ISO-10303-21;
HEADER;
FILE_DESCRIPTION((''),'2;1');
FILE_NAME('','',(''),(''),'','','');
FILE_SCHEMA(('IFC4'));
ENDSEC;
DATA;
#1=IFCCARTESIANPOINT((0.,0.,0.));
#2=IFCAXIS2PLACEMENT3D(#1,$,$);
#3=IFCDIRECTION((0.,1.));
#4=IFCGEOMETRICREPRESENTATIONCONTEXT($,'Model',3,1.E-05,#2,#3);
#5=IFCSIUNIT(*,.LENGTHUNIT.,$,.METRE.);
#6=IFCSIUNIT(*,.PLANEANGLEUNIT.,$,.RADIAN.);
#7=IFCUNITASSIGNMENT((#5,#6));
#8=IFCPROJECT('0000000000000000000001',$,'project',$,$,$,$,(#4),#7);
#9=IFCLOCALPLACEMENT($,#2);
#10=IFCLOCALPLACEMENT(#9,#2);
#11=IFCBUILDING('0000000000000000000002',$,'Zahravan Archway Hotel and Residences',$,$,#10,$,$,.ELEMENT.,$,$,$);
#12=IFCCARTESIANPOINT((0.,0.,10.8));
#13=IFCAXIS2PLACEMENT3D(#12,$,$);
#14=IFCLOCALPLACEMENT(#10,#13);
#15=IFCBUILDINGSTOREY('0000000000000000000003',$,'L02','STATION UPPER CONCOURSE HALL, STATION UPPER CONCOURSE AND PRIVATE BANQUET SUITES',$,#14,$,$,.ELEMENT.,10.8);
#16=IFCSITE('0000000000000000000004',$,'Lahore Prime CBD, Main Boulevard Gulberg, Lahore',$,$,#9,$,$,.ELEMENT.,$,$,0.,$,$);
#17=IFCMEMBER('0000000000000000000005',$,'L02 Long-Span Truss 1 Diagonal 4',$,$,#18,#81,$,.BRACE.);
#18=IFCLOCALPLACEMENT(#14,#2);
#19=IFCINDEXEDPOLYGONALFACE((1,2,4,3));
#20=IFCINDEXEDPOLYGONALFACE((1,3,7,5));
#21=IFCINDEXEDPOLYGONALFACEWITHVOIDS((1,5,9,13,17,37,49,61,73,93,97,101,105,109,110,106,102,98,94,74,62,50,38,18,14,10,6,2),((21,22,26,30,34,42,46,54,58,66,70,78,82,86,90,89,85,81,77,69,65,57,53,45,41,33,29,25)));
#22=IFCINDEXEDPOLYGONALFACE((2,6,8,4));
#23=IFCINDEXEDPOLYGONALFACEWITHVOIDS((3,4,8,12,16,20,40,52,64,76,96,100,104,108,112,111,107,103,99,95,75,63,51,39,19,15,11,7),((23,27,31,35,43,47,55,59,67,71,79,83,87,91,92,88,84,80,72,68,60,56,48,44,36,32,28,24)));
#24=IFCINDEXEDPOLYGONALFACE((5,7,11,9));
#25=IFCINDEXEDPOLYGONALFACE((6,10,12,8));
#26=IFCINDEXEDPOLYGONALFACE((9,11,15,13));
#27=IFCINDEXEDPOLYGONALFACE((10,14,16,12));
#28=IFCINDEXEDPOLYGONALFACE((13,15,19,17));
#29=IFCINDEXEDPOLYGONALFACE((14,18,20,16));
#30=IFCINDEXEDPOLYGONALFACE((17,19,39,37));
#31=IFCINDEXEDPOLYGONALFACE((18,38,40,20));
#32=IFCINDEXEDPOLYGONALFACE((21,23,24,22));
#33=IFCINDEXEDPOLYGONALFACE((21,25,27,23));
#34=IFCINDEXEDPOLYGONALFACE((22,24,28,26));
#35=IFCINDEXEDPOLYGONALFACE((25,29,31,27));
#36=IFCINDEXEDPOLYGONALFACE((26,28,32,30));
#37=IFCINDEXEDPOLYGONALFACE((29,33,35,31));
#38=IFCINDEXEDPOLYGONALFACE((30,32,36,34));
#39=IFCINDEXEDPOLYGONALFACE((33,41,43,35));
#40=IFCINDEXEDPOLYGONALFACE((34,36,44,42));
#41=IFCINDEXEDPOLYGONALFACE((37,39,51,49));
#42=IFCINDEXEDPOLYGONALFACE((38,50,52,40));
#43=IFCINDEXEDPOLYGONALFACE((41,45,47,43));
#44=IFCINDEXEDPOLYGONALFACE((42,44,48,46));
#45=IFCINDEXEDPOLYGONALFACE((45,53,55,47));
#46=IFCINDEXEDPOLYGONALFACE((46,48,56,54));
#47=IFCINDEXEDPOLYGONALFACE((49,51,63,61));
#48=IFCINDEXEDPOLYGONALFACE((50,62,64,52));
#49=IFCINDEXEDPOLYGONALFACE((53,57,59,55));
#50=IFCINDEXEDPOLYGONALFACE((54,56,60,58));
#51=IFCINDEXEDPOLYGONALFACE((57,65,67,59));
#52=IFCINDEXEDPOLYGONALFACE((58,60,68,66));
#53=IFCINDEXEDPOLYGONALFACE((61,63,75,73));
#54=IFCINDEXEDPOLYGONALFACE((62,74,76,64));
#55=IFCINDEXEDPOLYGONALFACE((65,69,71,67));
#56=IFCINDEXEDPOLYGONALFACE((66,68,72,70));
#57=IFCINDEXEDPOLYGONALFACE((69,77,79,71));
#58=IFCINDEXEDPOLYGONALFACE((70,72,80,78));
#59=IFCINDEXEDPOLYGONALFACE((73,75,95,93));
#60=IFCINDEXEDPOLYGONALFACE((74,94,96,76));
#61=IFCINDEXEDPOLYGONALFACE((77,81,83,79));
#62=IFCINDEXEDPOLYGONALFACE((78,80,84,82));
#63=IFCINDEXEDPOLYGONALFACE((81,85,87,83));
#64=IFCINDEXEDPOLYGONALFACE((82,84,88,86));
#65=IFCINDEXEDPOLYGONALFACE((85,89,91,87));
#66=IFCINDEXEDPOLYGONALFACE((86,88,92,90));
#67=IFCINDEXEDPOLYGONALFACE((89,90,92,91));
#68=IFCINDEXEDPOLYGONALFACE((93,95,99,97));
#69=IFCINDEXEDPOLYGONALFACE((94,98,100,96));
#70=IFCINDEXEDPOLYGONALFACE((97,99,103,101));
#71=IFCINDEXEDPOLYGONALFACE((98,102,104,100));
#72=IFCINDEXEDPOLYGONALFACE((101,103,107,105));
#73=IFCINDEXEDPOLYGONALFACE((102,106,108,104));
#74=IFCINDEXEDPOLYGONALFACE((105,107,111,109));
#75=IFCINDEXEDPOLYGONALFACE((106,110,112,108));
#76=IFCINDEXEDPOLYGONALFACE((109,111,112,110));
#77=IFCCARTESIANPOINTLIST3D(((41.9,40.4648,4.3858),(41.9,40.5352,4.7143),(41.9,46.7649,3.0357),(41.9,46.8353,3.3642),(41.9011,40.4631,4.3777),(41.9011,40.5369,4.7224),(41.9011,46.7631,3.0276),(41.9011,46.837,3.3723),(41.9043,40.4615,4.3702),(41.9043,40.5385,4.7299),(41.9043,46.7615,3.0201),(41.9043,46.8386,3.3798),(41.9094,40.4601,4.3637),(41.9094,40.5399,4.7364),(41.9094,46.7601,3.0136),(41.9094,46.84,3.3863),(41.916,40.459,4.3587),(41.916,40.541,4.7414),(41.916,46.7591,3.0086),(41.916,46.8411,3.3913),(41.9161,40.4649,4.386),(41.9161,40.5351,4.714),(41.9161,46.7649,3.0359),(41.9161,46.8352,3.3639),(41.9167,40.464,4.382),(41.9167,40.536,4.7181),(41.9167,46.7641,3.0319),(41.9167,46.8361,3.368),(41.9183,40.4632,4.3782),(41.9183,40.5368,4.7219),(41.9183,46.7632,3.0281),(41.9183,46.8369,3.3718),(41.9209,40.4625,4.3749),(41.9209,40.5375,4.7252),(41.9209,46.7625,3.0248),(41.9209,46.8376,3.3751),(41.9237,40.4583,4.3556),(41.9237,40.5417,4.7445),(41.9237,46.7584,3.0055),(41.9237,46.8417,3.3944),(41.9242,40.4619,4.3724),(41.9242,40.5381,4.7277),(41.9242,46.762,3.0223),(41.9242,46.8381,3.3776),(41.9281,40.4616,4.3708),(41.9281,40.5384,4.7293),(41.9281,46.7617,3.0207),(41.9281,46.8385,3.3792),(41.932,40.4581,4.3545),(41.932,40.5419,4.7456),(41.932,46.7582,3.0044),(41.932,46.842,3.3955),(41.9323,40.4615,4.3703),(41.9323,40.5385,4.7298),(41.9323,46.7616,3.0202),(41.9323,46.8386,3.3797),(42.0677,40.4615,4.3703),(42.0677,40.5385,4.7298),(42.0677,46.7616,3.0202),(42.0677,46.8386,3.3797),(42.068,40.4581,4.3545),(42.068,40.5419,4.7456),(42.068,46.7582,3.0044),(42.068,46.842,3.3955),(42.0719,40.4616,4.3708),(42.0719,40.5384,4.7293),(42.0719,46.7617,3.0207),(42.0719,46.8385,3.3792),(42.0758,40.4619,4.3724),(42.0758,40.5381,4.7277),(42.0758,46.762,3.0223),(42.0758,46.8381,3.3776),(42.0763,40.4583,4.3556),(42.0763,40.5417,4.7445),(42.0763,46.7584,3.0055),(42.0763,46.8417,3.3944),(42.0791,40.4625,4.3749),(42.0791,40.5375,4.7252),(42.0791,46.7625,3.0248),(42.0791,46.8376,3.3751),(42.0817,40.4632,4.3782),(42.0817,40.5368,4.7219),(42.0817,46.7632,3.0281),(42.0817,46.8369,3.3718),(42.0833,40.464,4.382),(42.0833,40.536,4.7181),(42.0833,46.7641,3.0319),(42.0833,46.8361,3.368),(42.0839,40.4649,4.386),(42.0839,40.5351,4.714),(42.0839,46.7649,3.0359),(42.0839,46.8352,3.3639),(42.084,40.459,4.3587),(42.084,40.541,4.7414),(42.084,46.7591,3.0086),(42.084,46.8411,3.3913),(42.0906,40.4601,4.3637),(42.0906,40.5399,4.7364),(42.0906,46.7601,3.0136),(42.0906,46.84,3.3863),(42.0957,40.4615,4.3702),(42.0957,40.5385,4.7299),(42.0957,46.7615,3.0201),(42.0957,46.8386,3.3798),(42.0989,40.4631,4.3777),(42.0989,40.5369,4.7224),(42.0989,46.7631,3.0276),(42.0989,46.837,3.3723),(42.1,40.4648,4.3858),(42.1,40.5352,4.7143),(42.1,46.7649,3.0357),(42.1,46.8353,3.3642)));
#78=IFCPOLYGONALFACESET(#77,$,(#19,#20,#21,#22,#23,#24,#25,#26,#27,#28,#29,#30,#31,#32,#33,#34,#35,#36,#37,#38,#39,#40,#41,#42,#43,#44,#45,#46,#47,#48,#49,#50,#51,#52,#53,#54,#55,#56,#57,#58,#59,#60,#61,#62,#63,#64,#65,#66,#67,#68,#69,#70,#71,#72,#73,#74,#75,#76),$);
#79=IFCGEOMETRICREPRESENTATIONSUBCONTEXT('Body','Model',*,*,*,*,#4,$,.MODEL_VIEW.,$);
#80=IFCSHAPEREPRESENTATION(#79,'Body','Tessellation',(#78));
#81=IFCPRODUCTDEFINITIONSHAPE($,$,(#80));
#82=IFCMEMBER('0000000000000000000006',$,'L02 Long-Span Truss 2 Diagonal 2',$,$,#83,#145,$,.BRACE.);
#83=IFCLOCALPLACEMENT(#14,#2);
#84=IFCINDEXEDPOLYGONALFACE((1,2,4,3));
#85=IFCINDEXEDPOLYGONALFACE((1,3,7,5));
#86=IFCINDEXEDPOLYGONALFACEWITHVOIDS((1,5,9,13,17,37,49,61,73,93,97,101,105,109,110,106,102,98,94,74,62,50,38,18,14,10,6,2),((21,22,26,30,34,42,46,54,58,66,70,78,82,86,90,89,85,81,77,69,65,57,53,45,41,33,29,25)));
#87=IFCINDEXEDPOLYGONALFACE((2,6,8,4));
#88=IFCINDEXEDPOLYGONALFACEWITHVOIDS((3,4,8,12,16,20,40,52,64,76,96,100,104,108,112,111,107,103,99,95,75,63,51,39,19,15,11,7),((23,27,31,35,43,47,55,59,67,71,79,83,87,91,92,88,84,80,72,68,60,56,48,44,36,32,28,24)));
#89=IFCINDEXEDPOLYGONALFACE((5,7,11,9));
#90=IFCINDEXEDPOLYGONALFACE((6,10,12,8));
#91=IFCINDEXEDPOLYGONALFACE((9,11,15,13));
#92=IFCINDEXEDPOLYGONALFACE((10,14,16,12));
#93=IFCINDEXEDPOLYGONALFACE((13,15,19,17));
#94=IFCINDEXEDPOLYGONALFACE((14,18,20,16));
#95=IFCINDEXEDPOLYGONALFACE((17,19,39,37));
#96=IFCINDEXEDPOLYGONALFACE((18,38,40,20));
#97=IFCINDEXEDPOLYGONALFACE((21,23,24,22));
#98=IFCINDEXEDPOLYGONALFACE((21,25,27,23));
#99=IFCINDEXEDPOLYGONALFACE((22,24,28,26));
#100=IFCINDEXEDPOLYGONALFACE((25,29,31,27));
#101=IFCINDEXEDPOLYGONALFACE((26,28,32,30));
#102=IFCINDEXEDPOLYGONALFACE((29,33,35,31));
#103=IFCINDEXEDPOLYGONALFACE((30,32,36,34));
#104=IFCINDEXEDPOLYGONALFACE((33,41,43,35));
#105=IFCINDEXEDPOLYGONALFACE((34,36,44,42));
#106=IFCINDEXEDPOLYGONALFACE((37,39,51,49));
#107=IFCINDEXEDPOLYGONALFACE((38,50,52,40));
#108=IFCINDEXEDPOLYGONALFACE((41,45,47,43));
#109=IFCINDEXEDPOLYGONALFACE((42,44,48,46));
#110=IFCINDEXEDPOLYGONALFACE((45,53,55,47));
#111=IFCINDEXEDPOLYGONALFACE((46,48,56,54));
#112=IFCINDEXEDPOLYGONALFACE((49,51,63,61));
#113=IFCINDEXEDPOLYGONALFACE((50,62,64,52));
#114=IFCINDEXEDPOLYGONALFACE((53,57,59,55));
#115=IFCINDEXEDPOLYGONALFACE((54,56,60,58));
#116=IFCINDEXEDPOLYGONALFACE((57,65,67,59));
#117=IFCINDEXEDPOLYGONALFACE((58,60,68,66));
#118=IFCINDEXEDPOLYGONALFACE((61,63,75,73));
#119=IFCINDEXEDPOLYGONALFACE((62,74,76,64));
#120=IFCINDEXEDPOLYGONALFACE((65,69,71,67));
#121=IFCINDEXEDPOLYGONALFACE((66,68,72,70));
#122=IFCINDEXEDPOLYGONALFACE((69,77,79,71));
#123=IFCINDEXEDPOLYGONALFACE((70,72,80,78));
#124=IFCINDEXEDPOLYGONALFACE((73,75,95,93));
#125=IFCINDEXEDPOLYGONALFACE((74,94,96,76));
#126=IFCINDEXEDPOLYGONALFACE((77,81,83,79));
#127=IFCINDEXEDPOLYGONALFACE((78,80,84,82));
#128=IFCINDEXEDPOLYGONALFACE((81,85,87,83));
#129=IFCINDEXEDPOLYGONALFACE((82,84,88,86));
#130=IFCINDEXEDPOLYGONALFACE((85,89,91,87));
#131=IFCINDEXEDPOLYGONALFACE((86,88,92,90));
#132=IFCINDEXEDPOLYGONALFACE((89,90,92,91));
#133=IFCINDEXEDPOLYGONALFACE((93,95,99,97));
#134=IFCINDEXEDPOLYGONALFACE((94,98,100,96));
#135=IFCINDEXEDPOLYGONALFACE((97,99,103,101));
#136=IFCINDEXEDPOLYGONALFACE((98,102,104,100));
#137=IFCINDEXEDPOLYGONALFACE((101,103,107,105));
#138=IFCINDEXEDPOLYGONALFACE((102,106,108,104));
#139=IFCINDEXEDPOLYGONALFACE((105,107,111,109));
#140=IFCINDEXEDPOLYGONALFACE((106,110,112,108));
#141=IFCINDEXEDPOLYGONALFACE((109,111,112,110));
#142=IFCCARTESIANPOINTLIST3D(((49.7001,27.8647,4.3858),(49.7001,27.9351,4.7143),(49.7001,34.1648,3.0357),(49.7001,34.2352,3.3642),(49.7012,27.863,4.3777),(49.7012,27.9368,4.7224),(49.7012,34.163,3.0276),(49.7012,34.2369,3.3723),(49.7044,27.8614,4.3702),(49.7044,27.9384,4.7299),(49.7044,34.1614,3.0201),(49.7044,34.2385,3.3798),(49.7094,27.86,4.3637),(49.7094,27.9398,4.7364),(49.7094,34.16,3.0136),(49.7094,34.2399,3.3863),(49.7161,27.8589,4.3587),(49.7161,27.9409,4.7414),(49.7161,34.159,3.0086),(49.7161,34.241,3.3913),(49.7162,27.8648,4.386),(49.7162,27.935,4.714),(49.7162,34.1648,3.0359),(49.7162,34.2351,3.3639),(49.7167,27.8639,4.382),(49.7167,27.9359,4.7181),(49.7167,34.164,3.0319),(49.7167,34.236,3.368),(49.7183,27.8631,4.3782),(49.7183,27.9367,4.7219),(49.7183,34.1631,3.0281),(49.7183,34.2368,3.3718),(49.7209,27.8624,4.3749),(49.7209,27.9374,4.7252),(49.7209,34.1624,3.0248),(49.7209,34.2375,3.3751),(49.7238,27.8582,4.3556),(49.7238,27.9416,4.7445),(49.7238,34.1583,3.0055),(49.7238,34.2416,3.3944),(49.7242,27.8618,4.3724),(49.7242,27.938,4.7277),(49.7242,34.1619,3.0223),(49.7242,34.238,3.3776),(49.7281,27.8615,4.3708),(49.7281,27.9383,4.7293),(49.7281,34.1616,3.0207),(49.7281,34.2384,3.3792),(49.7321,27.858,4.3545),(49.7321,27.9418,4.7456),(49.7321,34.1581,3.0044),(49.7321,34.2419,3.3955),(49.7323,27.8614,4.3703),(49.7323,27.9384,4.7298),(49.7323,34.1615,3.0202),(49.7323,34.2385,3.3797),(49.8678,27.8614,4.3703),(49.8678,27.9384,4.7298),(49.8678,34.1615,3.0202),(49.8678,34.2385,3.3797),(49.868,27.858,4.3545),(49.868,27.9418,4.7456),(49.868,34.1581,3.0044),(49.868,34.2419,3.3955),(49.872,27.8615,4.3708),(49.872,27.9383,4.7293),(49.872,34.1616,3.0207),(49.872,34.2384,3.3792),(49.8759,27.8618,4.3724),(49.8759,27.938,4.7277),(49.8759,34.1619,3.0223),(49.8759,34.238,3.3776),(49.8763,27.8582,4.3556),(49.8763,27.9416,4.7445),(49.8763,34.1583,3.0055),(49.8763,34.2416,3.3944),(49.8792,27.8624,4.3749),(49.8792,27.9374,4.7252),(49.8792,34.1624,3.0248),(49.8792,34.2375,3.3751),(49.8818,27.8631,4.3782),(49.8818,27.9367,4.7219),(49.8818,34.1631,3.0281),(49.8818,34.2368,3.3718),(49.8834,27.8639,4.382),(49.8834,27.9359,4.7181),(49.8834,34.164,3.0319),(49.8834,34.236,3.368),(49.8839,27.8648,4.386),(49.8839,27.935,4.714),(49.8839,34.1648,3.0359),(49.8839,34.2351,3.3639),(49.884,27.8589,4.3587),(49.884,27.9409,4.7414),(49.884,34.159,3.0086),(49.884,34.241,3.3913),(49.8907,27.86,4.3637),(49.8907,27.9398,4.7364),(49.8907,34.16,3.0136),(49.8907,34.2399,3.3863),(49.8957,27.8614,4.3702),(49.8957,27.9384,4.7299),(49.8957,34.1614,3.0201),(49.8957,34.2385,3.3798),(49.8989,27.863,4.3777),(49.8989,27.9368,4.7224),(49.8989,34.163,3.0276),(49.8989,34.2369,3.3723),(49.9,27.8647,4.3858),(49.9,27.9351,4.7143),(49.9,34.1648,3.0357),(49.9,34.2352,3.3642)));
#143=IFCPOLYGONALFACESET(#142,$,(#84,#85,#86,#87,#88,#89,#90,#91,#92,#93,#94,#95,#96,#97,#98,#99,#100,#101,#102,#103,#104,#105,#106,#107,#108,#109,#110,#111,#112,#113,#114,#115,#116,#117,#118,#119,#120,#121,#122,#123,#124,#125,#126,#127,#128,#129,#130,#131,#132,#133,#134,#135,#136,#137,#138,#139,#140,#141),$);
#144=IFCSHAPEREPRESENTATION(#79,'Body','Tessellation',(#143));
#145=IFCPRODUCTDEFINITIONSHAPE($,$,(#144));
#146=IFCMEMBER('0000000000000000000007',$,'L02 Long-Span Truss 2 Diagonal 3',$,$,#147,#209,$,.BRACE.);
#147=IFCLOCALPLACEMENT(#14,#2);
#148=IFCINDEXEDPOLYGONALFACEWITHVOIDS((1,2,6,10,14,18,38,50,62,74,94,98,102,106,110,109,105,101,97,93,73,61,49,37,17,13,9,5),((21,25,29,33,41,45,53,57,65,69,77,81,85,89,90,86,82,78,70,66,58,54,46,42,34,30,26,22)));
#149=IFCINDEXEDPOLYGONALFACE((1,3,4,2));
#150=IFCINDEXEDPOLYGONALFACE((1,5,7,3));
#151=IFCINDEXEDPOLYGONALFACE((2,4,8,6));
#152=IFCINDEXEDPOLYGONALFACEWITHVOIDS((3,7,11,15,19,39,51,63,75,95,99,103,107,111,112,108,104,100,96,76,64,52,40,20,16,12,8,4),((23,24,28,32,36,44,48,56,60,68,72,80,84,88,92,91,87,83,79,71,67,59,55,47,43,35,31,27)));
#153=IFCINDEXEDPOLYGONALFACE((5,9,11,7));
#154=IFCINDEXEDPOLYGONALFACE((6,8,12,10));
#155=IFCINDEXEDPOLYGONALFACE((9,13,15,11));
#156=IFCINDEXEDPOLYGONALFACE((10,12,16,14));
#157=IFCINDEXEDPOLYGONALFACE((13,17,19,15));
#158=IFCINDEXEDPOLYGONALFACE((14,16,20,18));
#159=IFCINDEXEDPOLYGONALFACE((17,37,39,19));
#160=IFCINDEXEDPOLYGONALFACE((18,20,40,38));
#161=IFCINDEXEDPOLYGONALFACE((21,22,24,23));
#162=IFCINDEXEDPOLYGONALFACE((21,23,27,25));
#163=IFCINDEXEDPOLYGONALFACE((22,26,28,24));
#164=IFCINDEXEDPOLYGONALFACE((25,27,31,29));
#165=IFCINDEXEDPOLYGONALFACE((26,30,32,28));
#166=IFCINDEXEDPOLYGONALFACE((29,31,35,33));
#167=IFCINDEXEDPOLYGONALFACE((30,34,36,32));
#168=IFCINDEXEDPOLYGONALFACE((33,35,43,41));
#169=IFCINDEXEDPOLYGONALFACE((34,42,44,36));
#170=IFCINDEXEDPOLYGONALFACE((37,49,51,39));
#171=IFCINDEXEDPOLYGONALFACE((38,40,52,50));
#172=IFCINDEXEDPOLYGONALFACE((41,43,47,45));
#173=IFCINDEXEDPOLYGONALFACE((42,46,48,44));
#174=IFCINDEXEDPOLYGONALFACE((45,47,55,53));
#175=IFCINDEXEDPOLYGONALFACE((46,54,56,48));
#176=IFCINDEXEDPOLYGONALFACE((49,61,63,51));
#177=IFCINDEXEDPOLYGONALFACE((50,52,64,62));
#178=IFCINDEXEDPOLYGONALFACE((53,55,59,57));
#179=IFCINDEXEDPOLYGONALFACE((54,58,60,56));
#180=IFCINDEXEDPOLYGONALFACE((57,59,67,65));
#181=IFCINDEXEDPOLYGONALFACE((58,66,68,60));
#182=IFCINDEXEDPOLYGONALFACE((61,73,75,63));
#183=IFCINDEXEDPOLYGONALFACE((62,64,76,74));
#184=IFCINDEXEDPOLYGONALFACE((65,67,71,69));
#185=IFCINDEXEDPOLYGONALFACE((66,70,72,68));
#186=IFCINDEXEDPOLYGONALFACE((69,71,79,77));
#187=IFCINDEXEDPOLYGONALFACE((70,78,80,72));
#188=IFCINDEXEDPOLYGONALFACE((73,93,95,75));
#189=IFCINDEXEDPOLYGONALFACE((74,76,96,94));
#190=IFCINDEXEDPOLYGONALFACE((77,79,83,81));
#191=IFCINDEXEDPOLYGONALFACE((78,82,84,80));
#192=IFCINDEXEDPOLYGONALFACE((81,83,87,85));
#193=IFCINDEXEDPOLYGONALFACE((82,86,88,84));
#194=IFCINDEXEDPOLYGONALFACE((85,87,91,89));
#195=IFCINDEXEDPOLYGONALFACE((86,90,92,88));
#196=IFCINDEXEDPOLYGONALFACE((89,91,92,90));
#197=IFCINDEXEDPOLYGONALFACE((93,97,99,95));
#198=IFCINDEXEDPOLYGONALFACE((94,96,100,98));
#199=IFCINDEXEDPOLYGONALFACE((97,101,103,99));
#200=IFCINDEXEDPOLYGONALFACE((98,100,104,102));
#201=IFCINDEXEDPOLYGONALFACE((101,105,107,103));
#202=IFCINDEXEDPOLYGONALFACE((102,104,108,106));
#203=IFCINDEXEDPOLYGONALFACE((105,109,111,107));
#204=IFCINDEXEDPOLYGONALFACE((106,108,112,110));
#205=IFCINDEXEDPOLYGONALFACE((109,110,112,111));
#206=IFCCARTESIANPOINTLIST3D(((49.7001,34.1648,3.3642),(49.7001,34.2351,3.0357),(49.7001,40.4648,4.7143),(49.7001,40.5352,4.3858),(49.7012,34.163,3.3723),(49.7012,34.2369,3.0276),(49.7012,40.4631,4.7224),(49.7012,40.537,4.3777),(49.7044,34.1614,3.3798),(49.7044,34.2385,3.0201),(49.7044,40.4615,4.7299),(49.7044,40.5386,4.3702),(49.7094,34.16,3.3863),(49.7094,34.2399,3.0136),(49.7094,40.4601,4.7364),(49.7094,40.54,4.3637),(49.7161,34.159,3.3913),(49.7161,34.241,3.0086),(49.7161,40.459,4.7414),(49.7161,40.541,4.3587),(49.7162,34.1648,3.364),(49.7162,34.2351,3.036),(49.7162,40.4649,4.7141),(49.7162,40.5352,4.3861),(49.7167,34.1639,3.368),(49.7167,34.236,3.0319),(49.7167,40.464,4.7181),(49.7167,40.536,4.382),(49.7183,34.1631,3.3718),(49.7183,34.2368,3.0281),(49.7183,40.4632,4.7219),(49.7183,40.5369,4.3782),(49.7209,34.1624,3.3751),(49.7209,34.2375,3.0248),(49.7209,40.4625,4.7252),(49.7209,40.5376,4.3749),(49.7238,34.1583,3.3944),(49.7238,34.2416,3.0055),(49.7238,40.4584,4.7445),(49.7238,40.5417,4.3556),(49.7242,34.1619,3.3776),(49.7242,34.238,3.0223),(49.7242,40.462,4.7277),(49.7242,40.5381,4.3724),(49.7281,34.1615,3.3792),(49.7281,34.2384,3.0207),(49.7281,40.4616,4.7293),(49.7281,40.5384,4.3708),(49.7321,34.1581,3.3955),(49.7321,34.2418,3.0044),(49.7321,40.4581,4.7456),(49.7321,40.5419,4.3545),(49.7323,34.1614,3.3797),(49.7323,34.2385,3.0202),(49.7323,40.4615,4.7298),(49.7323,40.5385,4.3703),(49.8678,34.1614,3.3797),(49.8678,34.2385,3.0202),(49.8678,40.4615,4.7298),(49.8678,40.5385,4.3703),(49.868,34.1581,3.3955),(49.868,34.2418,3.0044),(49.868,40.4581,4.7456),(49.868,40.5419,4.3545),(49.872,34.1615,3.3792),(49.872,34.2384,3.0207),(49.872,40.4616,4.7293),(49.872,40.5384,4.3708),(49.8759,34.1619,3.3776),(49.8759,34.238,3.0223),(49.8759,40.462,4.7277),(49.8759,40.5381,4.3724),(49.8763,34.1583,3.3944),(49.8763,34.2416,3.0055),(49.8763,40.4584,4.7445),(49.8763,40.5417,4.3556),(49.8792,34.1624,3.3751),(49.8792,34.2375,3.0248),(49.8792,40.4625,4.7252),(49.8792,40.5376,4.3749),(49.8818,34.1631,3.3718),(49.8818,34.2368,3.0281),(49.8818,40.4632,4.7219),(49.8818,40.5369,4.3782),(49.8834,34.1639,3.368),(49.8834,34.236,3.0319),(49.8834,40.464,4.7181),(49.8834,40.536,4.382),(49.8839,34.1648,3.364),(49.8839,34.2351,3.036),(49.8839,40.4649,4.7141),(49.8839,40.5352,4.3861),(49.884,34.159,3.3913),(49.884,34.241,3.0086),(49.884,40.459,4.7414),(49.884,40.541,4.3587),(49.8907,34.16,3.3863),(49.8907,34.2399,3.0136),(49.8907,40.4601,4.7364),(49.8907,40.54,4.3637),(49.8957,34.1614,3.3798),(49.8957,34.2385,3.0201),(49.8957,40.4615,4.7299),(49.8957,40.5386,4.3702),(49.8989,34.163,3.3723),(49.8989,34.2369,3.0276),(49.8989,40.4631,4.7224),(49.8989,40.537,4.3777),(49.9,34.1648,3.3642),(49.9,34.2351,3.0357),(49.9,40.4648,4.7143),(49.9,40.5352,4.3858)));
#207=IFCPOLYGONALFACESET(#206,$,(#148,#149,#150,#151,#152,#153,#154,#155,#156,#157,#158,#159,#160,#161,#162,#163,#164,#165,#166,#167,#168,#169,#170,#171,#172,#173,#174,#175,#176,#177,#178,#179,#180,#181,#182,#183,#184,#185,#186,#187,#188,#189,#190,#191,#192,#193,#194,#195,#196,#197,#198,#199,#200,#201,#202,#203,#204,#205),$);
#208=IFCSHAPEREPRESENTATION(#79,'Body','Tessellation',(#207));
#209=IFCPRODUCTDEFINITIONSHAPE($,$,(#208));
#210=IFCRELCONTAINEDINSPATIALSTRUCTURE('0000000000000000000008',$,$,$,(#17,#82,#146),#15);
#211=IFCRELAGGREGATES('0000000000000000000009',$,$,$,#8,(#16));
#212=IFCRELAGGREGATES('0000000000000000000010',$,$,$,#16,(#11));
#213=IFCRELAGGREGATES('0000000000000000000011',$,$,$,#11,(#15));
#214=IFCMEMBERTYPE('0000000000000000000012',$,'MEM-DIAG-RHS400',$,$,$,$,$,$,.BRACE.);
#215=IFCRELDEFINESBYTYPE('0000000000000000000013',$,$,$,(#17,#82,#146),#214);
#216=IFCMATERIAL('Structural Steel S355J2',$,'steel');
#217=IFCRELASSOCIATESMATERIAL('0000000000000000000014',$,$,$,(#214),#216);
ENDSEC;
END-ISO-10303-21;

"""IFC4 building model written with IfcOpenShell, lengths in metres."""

from ifc_helpers import new_model, si_unit, direction, frame, origin, origin_2d, place, context, subcontext, project, spatial, hollow_rectangle, extrude, source, transform, mapped, material, material_profile, profile_set, type_object, element, save


model = new_model("IFC4")

# Units and contexts
model_context = context("Model", 3, precision=1e-05, world=origin(), true_north=direction((0.0, 1.0)))
body_context = subcontext(model_context, "Body", "Model", "MODEL_VIEW")
ifc_project = project(units=[si_unit("LENGTHUNIT", "METRE"), si_unit("PLANEANGLEUNIT", "RADIAN")], contexts=[model_context])

# Site, building, storey
site_placement = place(None, origin())
site = spatial("IfcSite", under=ifc_project, at=site_placement, Name="Lahore Prime CBD, Main Boulevard Gulberg, Lahore", CompositionType="ELEMENT", RefElevation=0.0)
building_placement = place(site_placement, origin())
building = spatial("IfcBuilding", under=site, at=building_placement, Name="Zahravan Archway Hotel and Residences", CompositionType="ELEMENT")
storey_placement = place(building_placement, frame((0.0, 0.0, 10.8)))
storey = spatial("IfcBuildingStorey", under=building, at=storey_placement, Name="L02", Description="STATION UPPER CONCOURSE HALL, STATION UPPER CONCOURSE AND PRIVATE BANQUET SUITES", CompositionType="ELEMENT", Elevation=10.8)

# Shared definitions
ifc_material_1 = material(Name="Structural Steel S355J2", Category="steel")

# Members
ifc_material_profile_1 = material_profile(ifc_material_1, hollow_rectangle(XDim=0.2, YDim=0.3999, WallThickness=0.0161, InnerFilletRadius=0.0161, OuterFilletRadius=0.032, at=origin_2d()), Name="RHS 400x200x16", Category="steel")
ifc_profile_set_1 = profile_set([ifc_material_profile_1], Name="Structural Steel S355J2")
member_type_1 = type_object("IfcMemberType", Name="MEM-DIAG-RHS400", PredefinedType="BRACE", material=ifc_profile_set_1)
shared_shape_1 = source(origin(), body_context, "Body", "SweptSolid", [
    extrude(hollow_rectangle(XDim=0.2, YDim=0.3999, WallThickness=0.0161, InnerFilletRadius=0.0161, OuterFilletRadius=0.032, at=origin_2d()), origin(), (0.0, 0.0, 1.0), 6.4431),
])
for number, where, z_axis, x_axis, name in (
    (1, (42.0, 40.5, 4.55), (0.0, 0.9778, -0.209542), (-1.0, 0.0, 0.0), "L02 Long-Span Truss 1 Diagonal 4"),
    (2, (49.8, 27.8999, 4.55), (0.0, 0.9778, -0.209542), (-1.0, 0.0, 0.0), "L02 Long-Span Truss 2 Diagonal 2"),
    (3, (49.8, 34.2, 3.2), (0.0, 0.9778, 0.209542), (-1.0, 0.0, 0.0), "L02 Long-Span Truss 2 Diagonal 3"),
):
    element("IfcMember", number, at=place(storey_placement, frame(where, z_axis=z_axis, x_axis=x_axis)), inside=storey, type_object=member_type_1, Name=name, PredefinedType="BRACE", context=body_context, shape_type="MappedRepresentation", body=[
        mapped(shared_shape_1, transform((0.0, 0.0, 0.0), scale=1.0)),
    ])

save(model, "model.ifc")
